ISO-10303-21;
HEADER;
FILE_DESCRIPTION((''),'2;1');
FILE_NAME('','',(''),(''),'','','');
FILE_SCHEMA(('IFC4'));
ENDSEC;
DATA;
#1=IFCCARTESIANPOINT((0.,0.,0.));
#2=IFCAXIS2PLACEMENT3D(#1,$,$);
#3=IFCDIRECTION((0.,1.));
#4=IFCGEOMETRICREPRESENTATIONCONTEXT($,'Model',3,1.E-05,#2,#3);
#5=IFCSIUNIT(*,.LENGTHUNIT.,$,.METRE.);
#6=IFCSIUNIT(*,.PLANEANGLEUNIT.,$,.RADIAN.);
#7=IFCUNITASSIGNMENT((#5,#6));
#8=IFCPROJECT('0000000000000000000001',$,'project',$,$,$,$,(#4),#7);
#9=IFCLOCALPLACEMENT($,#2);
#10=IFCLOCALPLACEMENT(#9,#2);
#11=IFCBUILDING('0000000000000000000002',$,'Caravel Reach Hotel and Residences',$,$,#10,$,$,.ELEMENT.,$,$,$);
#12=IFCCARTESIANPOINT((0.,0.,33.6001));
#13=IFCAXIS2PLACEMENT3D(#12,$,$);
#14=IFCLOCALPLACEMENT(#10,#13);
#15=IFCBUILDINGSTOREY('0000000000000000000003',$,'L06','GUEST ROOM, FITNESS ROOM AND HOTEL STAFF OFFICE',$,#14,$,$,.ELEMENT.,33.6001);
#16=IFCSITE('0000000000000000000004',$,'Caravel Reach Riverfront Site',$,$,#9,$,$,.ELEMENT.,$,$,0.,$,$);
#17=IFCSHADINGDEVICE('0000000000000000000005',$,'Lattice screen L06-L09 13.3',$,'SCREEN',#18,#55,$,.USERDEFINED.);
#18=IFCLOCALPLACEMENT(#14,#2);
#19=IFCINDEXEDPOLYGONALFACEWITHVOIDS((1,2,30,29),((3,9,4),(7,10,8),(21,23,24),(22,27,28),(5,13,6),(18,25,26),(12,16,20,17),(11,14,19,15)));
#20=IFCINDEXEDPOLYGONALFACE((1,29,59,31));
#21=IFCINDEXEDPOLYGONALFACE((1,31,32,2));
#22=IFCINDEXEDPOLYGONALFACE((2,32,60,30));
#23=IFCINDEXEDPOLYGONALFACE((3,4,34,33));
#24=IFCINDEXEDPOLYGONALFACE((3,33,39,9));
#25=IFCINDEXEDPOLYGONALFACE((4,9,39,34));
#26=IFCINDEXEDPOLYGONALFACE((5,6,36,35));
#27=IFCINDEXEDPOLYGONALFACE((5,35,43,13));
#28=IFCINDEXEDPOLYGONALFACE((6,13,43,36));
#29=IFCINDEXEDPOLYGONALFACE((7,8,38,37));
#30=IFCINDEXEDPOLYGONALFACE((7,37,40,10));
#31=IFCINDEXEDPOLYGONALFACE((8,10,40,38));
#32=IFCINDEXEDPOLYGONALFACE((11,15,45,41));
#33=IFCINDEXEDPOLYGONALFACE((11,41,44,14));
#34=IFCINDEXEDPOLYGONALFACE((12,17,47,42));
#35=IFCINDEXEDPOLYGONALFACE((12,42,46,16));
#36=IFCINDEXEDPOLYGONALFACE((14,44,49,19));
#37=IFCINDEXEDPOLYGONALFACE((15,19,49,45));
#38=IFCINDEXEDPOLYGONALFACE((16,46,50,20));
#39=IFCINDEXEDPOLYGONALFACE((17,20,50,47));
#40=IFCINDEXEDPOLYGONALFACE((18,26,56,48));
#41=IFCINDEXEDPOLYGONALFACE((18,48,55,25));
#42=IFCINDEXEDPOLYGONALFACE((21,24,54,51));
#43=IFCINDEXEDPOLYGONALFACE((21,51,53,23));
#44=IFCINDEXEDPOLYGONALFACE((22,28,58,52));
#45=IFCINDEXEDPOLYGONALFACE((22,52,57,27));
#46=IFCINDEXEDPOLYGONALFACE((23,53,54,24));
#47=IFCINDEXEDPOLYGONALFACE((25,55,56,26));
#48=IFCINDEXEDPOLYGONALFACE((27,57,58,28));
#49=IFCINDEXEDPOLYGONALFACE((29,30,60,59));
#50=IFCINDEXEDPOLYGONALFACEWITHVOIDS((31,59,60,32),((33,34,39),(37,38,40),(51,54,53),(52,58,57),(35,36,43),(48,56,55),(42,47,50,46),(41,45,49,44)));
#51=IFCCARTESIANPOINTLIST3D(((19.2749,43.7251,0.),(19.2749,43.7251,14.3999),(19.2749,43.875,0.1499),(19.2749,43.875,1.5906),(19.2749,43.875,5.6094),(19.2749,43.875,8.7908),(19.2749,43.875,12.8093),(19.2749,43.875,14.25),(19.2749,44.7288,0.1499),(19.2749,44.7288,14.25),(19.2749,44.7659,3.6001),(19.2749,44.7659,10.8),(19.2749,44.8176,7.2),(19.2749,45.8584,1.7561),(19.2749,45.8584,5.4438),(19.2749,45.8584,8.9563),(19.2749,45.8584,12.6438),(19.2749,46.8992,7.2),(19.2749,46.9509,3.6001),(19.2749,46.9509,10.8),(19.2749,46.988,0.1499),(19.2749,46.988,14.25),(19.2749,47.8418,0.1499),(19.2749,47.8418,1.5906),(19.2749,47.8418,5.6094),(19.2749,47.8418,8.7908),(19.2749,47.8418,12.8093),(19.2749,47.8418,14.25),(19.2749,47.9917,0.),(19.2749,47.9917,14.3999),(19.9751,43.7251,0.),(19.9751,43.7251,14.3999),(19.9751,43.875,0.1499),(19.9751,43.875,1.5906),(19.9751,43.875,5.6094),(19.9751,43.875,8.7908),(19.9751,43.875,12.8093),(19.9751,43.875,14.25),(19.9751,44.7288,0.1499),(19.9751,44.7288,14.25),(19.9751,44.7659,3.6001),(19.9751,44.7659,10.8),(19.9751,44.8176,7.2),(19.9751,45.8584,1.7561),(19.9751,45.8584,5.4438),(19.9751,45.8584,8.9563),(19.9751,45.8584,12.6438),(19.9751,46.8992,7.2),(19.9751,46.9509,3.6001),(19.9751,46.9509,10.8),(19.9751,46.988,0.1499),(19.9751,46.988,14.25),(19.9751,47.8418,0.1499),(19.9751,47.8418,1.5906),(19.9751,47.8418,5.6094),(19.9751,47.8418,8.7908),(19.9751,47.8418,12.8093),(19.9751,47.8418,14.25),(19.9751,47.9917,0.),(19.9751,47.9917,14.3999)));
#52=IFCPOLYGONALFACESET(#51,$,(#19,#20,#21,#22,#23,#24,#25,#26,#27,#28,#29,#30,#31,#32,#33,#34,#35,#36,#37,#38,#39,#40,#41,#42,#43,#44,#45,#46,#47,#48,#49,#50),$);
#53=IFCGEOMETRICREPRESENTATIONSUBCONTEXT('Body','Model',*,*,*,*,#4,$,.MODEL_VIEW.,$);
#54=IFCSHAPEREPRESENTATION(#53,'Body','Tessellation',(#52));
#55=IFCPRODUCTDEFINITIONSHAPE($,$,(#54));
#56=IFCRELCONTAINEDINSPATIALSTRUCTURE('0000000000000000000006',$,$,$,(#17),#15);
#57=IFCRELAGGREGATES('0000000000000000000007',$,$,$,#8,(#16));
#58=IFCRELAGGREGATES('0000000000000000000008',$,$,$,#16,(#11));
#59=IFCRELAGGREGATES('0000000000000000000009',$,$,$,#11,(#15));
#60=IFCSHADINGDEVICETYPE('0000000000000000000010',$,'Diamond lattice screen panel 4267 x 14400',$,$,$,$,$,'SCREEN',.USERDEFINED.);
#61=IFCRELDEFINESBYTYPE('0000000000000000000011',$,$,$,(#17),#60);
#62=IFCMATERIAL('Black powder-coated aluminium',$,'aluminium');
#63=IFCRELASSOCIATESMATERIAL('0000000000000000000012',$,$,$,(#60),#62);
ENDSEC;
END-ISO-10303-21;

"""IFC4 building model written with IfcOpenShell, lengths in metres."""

from ifc_helpers import new_model, si_unit, direction, frame, origin, place, context, subcontext, project, spatial, polyline, outline, extrude, material, type_object, element, save


model = new_model("IFC4")

# Units and contexts
model_context = context("Model", 3, precision=1e-05, world=origin(), true_north=direction((0.0, 1.0)))
body_context = subcontext(model_context, "Body", "Model", "MODEL_VIEW")
ifc_project = project(units=[si_unit("LENGTHUNIT", "METRE"), si_unit("PLANEANGLEUNIT", "RADIAN")], contexts=[model_context])

# Site, building, storey
site_placement = place(None, origin())
site = spatial("IfcSite", under=ifc_project, at=site_placement, Name="Caravel Reach Riverfront Site", CompositionType="ELEMENT", RefElevation=0.0)
building_placement = place(site_placement, origin())
building = spatial("IfcBuilding", under=site, at=building_placement, Name="Caravel Reach Hotel and Residences", CompositionType="ELEMENT")
storey_placement = place(building_placement, frame((0.0, 0.0, 33.6001)))
storey = spatial("IfcBuildingStorey", under=building, at=storey_placement, Name="L06", Description="GUEST ROOM, FITNESS ROOM AND HOTEL STAFF OFFICE", CompositionType="ELEMENT", Elevation=33.6001)

# Shading device
ifc_material_1 = material(Name="Black powder-coated aluminium", Category="aluminium")
shading_device_type_1 = type_object("IfcShadingDeviceType", Name="Diamond lattice screen panel 4267 x 14400", ElementType="SCREEN", PredefinedType="USERDEFINED", material=ifc_material_1)
shading_device_1_placement = place(storey_placement, frame((19.9751, 47.9917, 0.0), z_axis=(-1.0, 0.0, 0.0), x_axis=(0.0, -1.0, 0.0)))
element("IfcShadingDevice", 1, at=shading_device_1_placement, inside=storey, type_object=shading_device_type_1, Name="Lattice screen L06-L09 13.3", ObjectType="SCREEN", PredefinedType="USERDEFINED", context=body_context, shape_type="SweptSolid", body=[
    extrude(outline(polyline([(0.0, 0.0), (4.2666, 0.0), (4.2666, 14.3999), (0.0, 14.3999), (0.0, 0.0)]), holes=[polyline([(1.0037, 0.1499), (0.1499, 1.5906), (0.1499, 0.1499), (1.0037, 0.1499)]), polyline([(1.0925, 7.2), (0.1499, 8.7908), (0.1499, 5.6094), (1.0925, 7.2)]), polyline([(0.1499, 12.8093), (1.0037, 14.25), (0.1499, 14.25), (0.1499, 12.8093)]), polyline([(2.1333, 5.4438), (1.0408, 3.6001), (2.1333, 1.7561), (3.2258, 3.6001), (2.1333, 5.4438)]), polyline([(2.1333, 12.6438), (1.0408, 10.8), (2.1333, 8.9563), (3.2258, 10.8), (2.1333, 12.6438)]), polyline([(4.1167, 1.5906), (3.2629, 0.1499), (4.1167, 0.1499), (4.1167, 1.5906)]), polyline([(3.1741, 7.2), (4.1167, 5.6094), (4.1167, 8.7908), (3.1741, 7.2)]), polyline([(3.2629, 14.25), (4.1167, 12.8093), (4.1167, 14.25), (3.2629, 14.25)])]), origin(), (0.0, 0.0, 1.0), 0.7002),
])

save(model, "model.ifc")
